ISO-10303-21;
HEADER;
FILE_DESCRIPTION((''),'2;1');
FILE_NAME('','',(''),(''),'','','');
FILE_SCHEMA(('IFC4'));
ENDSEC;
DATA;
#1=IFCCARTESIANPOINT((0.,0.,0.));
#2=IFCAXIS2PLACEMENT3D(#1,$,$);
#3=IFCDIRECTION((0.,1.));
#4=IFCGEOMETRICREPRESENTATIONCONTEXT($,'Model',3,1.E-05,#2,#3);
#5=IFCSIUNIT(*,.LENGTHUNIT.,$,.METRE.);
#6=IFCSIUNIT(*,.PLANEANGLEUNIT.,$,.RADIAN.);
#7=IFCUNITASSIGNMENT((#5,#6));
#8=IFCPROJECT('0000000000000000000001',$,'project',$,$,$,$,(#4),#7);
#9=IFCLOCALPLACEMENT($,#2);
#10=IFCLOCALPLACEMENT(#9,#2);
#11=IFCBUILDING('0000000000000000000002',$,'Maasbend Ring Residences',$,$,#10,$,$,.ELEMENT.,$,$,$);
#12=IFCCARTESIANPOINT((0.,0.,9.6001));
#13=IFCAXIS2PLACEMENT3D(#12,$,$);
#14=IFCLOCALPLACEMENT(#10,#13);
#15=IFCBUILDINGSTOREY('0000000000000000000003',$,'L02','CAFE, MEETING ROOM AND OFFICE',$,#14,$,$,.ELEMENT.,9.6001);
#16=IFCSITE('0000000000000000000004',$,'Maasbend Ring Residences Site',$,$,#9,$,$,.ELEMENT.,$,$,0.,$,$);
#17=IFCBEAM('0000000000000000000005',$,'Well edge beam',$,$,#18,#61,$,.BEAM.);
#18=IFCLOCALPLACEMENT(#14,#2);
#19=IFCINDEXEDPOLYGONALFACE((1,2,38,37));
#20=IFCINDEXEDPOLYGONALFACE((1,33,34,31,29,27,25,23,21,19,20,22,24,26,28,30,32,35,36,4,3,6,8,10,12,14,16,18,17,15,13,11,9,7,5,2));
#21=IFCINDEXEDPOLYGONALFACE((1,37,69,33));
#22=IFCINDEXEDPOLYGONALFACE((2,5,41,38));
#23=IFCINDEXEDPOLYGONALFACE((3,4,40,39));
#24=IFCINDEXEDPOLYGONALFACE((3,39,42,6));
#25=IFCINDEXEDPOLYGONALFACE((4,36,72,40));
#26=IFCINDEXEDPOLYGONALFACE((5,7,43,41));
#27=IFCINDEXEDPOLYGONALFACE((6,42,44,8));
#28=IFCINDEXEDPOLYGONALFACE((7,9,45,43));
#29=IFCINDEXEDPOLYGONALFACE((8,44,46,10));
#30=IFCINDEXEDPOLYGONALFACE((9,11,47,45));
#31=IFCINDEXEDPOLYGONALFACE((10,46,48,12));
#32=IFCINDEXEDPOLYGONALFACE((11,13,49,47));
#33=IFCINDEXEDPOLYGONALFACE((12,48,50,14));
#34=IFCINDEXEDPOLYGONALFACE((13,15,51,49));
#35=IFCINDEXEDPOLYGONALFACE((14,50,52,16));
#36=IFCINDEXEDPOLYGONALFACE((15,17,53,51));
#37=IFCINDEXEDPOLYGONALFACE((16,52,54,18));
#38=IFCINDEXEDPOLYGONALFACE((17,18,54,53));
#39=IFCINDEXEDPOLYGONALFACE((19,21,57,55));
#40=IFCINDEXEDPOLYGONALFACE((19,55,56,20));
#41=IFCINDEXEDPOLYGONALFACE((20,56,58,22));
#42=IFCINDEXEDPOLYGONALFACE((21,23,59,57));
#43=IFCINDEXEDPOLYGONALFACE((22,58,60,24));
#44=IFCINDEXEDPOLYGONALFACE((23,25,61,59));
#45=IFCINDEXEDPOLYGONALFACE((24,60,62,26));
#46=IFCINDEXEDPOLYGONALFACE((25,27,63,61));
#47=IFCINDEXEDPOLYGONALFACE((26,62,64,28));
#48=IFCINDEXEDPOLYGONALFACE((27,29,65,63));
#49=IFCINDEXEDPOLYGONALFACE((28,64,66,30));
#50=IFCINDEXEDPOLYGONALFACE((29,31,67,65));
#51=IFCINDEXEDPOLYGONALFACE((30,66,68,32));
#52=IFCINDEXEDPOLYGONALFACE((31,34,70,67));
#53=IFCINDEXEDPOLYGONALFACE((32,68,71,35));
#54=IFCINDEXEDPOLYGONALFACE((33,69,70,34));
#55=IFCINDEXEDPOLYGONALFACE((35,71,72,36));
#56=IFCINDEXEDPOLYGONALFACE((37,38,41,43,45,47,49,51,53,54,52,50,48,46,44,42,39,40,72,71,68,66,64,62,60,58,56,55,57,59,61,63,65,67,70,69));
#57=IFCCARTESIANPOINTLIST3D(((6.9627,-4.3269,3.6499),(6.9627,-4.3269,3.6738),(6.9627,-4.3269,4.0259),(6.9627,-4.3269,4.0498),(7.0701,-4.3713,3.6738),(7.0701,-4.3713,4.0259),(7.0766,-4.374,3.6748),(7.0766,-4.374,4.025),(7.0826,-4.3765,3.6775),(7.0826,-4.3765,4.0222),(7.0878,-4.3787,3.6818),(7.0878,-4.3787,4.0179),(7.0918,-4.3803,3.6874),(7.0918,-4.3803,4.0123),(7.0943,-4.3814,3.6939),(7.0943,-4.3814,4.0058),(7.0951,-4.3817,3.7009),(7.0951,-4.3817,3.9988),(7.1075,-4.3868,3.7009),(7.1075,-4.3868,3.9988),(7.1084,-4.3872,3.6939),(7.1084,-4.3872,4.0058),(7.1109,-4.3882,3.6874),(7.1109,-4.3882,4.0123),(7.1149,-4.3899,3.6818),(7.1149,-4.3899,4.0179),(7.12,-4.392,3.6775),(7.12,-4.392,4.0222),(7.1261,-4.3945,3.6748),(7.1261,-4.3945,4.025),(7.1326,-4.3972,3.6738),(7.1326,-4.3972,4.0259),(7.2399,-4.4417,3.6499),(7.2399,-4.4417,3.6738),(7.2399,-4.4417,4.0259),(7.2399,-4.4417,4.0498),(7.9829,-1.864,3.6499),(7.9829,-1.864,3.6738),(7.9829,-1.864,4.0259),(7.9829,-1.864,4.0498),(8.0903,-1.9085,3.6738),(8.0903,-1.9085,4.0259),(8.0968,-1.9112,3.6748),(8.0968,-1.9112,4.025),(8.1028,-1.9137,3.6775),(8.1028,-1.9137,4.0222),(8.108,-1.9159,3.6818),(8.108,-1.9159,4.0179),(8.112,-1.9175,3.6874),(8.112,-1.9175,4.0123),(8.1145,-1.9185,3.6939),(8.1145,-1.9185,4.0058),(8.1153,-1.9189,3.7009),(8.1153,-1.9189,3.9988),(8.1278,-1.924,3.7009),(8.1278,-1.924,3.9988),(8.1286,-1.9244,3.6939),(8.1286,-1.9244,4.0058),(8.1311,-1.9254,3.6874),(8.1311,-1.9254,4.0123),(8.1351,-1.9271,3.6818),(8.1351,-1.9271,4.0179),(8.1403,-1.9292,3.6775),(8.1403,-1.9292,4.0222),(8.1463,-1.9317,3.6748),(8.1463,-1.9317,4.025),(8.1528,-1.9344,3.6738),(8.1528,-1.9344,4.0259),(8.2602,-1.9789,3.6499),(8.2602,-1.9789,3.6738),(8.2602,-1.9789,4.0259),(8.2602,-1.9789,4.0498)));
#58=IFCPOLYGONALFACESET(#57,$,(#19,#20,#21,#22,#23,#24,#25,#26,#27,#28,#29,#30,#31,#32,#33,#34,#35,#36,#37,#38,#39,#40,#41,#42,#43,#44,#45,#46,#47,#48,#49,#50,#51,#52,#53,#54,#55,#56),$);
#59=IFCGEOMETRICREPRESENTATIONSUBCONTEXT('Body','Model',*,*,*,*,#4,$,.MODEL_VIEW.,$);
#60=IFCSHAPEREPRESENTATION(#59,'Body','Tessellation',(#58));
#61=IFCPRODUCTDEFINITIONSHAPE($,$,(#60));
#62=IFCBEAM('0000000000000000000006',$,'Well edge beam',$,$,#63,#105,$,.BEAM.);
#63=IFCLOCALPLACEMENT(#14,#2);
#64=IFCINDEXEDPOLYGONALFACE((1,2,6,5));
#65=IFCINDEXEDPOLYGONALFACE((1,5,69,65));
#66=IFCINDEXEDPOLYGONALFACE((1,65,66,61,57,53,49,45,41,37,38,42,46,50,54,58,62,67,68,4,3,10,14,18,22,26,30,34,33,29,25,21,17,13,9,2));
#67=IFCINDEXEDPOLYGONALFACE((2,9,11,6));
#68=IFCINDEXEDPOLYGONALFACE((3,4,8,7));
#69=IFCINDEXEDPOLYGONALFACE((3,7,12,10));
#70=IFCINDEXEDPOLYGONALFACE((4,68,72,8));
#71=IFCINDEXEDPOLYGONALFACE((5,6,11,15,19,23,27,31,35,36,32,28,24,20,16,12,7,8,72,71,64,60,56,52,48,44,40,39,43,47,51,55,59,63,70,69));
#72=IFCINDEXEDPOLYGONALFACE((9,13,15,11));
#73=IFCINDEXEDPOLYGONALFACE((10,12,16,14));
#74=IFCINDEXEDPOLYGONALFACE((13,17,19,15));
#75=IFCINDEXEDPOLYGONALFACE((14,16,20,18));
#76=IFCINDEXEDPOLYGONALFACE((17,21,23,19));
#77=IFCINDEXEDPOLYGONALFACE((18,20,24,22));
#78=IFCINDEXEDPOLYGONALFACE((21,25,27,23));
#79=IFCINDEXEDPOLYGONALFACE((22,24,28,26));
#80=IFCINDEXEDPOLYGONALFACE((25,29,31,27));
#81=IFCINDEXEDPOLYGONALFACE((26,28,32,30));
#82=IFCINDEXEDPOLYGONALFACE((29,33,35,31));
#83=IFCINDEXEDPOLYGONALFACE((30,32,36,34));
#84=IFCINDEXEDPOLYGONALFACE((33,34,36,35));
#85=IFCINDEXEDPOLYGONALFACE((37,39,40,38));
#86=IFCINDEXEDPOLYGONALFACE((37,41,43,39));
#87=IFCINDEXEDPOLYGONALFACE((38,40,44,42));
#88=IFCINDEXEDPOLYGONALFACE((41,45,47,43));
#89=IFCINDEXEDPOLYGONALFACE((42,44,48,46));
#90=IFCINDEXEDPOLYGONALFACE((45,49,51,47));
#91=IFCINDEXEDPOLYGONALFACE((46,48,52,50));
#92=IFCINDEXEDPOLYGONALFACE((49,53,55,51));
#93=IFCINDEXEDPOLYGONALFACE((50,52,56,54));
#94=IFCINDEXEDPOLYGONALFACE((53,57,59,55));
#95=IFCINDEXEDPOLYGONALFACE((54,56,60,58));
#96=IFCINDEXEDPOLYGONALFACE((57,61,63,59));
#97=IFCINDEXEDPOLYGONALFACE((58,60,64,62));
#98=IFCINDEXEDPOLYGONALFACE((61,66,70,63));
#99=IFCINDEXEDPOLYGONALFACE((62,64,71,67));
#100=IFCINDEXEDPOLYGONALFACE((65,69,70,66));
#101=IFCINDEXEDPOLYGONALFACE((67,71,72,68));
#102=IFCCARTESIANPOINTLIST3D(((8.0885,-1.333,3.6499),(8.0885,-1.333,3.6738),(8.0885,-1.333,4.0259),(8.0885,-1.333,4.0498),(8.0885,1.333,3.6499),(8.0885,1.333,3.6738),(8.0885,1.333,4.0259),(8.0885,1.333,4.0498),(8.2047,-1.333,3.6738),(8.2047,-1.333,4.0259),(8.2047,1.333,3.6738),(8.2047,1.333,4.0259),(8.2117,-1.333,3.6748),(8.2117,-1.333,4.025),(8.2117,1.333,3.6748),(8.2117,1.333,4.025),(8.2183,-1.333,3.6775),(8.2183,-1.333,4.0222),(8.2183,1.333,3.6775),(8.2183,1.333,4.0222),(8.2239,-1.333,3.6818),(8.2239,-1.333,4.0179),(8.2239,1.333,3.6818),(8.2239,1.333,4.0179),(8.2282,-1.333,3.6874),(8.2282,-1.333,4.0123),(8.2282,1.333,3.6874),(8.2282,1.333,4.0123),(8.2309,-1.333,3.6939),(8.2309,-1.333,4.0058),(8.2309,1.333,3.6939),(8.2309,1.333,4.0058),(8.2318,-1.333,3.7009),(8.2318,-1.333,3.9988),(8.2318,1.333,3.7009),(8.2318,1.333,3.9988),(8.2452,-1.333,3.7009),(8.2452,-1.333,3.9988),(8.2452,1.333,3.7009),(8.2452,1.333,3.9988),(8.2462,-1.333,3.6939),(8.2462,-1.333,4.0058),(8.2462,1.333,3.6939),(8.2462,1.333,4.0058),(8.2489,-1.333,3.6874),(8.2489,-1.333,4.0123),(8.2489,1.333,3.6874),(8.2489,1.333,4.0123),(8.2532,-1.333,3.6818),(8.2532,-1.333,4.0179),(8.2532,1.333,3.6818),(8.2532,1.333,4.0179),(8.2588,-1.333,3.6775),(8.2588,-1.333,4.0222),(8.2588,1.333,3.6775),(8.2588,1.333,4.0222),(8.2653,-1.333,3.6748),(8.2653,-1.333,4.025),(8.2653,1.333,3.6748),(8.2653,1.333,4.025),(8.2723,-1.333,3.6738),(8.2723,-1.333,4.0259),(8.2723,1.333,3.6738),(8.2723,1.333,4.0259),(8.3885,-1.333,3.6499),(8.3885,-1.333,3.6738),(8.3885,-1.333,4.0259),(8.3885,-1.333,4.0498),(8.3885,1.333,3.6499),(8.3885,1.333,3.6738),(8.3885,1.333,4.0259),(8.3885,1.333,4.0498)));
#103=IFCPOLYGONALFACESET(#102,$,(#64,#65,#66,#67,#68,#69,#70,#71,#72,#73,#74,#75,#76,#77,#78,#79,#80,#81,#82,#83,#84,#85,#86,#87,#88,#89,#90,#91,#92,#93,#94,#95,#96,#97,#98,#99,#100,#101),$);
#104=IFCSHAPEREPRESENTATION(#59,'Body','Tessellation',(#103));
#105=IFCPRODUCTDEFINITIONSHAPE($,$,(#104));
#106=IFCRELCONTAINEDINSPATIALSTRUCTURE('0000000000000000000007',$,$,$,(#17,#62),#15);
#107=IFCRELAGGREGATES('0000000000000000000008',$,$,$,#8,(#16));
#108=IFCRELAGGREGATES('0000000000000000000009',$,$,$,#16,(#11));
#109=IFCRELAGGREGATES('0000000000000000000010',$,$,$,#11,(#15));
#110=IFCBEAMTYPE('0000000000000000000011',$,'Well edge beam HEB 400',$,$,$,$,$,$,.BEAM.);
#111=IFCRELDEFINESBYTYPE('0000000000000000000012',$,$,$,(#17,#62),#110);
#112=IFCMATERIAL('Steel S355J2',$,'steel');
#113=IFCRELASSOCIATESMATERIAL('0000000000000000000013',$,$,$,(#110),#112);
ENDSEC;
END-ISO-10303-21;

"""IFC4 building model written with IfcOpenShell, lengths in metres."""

from ifc_helpers import new_model, si_unit, direction, frame, origin, origin_2d, place, context, subcontext, project, spatial, i_section, extrude, material, material_profile, profile_set, type_object, element, save


model = new_model("IFC4")

# Units and contexts
model_context = context("Model", 3, precision=1e-05, world=origin(), true_north=direction((0.0, 1.0)))
body_context = subcontext(model_context, "Body", "Model", "MODEL_VIEW")
ifc_project = project(units=[si_unit("LENGTHUNIT", "METRE"), si_unit("PLANEANGLEUNIT", "RADIAN")], contexts=[model_context])

# Site, building, storey
site_placement = place(None, origin())
site = spatial("IfcSite", under=ifc_project, at=site_placement, Name="Maasbend Ring Residences Site", CompositionType="ELEMENT", RefElevation=0.0)
building_placement = place(site_placement, origin())
building = spatial("IfcBuilding", under=site, at=building_placement, Name="Maasbend Ring Residences", CompositionType="ELEMENT")
storey_placement = place(building_placement, frame((0.0, 0.0, 9.6001)))
storey = spatial("IfcBuildingStorey", under=building, at=storey_placement, Name="L02", Description="CAFE, MEETING ROOM AND OFFICE", CompositionType="ELEMENT", Elevation=9.6001)

# Beams
ifc_material_1 = material(Name="Steel S355J2", Category="steel")
ifc_material_profile_1 = material_profile(ifc_material_1, i_section(OverallWidth=0.3, OverallDepth=0.3999, WebThickness=0.0134, FlangeThickness=0.0239, FilletRadius=0.0271, at=origin_2d()), Name="HEB 400")
ifc_profile_set_1 = profile_set([ifc_material_profile_1], Name="Steel S355J2")
beam_type = type_object("IfcBeamType", Name="Well edge beam HEB 400", PredefinedType="BEAM", material=ifc_profile_set_1)
beam_1_placement = place(storey_placement, frame((7.1013, -4.3843, 3.8499), z_axis=(0.382716, 0.923866, 0.0), x_axis=(-0.923866, 0.382716, 0.0)))
element("IfcBeam", 1, at=beam_1_placement, inside=storey, type_object=beam_type, Name="Well edge beam", PredefinedType="BEAM", context=body_context, shape_type="SweptSolid", body=[
    extrude(i_section(OverallWidth=0.3, OverallDepth=0.3999, WebThickness=0.0134, FlangeThickness=0.0239, FilletRadius=0.0271, at=origin_2d()), origin(), (0.0, 0.0, 1.0), 2.6658),
])
beam_2_placement = place(storey_placement, frame((8.2385, -1.333, 3.8499), z_axis=(0.0, 1.0, 0.0), x_axis=(-1.0, 0.0, 0.0)))
element("IfcBeam", 2, at=beam_2_placement, inside=storey, type_object=beam_type, Name="Well edge beam", PredefinedType="BEAM", context=body_context, shape_type="SweptSolid", body=[
    extrude(i_section(OverallWidth=0.3, OverallDepth=0.3999, WebThickness=0.0134, FlangeThickness=0.0239, FilletRadius=0.0271, at=origin_2d()), origin(), (0.0, 0.0, 1.0), 2.666),
])

save(model, "model.ifc")
